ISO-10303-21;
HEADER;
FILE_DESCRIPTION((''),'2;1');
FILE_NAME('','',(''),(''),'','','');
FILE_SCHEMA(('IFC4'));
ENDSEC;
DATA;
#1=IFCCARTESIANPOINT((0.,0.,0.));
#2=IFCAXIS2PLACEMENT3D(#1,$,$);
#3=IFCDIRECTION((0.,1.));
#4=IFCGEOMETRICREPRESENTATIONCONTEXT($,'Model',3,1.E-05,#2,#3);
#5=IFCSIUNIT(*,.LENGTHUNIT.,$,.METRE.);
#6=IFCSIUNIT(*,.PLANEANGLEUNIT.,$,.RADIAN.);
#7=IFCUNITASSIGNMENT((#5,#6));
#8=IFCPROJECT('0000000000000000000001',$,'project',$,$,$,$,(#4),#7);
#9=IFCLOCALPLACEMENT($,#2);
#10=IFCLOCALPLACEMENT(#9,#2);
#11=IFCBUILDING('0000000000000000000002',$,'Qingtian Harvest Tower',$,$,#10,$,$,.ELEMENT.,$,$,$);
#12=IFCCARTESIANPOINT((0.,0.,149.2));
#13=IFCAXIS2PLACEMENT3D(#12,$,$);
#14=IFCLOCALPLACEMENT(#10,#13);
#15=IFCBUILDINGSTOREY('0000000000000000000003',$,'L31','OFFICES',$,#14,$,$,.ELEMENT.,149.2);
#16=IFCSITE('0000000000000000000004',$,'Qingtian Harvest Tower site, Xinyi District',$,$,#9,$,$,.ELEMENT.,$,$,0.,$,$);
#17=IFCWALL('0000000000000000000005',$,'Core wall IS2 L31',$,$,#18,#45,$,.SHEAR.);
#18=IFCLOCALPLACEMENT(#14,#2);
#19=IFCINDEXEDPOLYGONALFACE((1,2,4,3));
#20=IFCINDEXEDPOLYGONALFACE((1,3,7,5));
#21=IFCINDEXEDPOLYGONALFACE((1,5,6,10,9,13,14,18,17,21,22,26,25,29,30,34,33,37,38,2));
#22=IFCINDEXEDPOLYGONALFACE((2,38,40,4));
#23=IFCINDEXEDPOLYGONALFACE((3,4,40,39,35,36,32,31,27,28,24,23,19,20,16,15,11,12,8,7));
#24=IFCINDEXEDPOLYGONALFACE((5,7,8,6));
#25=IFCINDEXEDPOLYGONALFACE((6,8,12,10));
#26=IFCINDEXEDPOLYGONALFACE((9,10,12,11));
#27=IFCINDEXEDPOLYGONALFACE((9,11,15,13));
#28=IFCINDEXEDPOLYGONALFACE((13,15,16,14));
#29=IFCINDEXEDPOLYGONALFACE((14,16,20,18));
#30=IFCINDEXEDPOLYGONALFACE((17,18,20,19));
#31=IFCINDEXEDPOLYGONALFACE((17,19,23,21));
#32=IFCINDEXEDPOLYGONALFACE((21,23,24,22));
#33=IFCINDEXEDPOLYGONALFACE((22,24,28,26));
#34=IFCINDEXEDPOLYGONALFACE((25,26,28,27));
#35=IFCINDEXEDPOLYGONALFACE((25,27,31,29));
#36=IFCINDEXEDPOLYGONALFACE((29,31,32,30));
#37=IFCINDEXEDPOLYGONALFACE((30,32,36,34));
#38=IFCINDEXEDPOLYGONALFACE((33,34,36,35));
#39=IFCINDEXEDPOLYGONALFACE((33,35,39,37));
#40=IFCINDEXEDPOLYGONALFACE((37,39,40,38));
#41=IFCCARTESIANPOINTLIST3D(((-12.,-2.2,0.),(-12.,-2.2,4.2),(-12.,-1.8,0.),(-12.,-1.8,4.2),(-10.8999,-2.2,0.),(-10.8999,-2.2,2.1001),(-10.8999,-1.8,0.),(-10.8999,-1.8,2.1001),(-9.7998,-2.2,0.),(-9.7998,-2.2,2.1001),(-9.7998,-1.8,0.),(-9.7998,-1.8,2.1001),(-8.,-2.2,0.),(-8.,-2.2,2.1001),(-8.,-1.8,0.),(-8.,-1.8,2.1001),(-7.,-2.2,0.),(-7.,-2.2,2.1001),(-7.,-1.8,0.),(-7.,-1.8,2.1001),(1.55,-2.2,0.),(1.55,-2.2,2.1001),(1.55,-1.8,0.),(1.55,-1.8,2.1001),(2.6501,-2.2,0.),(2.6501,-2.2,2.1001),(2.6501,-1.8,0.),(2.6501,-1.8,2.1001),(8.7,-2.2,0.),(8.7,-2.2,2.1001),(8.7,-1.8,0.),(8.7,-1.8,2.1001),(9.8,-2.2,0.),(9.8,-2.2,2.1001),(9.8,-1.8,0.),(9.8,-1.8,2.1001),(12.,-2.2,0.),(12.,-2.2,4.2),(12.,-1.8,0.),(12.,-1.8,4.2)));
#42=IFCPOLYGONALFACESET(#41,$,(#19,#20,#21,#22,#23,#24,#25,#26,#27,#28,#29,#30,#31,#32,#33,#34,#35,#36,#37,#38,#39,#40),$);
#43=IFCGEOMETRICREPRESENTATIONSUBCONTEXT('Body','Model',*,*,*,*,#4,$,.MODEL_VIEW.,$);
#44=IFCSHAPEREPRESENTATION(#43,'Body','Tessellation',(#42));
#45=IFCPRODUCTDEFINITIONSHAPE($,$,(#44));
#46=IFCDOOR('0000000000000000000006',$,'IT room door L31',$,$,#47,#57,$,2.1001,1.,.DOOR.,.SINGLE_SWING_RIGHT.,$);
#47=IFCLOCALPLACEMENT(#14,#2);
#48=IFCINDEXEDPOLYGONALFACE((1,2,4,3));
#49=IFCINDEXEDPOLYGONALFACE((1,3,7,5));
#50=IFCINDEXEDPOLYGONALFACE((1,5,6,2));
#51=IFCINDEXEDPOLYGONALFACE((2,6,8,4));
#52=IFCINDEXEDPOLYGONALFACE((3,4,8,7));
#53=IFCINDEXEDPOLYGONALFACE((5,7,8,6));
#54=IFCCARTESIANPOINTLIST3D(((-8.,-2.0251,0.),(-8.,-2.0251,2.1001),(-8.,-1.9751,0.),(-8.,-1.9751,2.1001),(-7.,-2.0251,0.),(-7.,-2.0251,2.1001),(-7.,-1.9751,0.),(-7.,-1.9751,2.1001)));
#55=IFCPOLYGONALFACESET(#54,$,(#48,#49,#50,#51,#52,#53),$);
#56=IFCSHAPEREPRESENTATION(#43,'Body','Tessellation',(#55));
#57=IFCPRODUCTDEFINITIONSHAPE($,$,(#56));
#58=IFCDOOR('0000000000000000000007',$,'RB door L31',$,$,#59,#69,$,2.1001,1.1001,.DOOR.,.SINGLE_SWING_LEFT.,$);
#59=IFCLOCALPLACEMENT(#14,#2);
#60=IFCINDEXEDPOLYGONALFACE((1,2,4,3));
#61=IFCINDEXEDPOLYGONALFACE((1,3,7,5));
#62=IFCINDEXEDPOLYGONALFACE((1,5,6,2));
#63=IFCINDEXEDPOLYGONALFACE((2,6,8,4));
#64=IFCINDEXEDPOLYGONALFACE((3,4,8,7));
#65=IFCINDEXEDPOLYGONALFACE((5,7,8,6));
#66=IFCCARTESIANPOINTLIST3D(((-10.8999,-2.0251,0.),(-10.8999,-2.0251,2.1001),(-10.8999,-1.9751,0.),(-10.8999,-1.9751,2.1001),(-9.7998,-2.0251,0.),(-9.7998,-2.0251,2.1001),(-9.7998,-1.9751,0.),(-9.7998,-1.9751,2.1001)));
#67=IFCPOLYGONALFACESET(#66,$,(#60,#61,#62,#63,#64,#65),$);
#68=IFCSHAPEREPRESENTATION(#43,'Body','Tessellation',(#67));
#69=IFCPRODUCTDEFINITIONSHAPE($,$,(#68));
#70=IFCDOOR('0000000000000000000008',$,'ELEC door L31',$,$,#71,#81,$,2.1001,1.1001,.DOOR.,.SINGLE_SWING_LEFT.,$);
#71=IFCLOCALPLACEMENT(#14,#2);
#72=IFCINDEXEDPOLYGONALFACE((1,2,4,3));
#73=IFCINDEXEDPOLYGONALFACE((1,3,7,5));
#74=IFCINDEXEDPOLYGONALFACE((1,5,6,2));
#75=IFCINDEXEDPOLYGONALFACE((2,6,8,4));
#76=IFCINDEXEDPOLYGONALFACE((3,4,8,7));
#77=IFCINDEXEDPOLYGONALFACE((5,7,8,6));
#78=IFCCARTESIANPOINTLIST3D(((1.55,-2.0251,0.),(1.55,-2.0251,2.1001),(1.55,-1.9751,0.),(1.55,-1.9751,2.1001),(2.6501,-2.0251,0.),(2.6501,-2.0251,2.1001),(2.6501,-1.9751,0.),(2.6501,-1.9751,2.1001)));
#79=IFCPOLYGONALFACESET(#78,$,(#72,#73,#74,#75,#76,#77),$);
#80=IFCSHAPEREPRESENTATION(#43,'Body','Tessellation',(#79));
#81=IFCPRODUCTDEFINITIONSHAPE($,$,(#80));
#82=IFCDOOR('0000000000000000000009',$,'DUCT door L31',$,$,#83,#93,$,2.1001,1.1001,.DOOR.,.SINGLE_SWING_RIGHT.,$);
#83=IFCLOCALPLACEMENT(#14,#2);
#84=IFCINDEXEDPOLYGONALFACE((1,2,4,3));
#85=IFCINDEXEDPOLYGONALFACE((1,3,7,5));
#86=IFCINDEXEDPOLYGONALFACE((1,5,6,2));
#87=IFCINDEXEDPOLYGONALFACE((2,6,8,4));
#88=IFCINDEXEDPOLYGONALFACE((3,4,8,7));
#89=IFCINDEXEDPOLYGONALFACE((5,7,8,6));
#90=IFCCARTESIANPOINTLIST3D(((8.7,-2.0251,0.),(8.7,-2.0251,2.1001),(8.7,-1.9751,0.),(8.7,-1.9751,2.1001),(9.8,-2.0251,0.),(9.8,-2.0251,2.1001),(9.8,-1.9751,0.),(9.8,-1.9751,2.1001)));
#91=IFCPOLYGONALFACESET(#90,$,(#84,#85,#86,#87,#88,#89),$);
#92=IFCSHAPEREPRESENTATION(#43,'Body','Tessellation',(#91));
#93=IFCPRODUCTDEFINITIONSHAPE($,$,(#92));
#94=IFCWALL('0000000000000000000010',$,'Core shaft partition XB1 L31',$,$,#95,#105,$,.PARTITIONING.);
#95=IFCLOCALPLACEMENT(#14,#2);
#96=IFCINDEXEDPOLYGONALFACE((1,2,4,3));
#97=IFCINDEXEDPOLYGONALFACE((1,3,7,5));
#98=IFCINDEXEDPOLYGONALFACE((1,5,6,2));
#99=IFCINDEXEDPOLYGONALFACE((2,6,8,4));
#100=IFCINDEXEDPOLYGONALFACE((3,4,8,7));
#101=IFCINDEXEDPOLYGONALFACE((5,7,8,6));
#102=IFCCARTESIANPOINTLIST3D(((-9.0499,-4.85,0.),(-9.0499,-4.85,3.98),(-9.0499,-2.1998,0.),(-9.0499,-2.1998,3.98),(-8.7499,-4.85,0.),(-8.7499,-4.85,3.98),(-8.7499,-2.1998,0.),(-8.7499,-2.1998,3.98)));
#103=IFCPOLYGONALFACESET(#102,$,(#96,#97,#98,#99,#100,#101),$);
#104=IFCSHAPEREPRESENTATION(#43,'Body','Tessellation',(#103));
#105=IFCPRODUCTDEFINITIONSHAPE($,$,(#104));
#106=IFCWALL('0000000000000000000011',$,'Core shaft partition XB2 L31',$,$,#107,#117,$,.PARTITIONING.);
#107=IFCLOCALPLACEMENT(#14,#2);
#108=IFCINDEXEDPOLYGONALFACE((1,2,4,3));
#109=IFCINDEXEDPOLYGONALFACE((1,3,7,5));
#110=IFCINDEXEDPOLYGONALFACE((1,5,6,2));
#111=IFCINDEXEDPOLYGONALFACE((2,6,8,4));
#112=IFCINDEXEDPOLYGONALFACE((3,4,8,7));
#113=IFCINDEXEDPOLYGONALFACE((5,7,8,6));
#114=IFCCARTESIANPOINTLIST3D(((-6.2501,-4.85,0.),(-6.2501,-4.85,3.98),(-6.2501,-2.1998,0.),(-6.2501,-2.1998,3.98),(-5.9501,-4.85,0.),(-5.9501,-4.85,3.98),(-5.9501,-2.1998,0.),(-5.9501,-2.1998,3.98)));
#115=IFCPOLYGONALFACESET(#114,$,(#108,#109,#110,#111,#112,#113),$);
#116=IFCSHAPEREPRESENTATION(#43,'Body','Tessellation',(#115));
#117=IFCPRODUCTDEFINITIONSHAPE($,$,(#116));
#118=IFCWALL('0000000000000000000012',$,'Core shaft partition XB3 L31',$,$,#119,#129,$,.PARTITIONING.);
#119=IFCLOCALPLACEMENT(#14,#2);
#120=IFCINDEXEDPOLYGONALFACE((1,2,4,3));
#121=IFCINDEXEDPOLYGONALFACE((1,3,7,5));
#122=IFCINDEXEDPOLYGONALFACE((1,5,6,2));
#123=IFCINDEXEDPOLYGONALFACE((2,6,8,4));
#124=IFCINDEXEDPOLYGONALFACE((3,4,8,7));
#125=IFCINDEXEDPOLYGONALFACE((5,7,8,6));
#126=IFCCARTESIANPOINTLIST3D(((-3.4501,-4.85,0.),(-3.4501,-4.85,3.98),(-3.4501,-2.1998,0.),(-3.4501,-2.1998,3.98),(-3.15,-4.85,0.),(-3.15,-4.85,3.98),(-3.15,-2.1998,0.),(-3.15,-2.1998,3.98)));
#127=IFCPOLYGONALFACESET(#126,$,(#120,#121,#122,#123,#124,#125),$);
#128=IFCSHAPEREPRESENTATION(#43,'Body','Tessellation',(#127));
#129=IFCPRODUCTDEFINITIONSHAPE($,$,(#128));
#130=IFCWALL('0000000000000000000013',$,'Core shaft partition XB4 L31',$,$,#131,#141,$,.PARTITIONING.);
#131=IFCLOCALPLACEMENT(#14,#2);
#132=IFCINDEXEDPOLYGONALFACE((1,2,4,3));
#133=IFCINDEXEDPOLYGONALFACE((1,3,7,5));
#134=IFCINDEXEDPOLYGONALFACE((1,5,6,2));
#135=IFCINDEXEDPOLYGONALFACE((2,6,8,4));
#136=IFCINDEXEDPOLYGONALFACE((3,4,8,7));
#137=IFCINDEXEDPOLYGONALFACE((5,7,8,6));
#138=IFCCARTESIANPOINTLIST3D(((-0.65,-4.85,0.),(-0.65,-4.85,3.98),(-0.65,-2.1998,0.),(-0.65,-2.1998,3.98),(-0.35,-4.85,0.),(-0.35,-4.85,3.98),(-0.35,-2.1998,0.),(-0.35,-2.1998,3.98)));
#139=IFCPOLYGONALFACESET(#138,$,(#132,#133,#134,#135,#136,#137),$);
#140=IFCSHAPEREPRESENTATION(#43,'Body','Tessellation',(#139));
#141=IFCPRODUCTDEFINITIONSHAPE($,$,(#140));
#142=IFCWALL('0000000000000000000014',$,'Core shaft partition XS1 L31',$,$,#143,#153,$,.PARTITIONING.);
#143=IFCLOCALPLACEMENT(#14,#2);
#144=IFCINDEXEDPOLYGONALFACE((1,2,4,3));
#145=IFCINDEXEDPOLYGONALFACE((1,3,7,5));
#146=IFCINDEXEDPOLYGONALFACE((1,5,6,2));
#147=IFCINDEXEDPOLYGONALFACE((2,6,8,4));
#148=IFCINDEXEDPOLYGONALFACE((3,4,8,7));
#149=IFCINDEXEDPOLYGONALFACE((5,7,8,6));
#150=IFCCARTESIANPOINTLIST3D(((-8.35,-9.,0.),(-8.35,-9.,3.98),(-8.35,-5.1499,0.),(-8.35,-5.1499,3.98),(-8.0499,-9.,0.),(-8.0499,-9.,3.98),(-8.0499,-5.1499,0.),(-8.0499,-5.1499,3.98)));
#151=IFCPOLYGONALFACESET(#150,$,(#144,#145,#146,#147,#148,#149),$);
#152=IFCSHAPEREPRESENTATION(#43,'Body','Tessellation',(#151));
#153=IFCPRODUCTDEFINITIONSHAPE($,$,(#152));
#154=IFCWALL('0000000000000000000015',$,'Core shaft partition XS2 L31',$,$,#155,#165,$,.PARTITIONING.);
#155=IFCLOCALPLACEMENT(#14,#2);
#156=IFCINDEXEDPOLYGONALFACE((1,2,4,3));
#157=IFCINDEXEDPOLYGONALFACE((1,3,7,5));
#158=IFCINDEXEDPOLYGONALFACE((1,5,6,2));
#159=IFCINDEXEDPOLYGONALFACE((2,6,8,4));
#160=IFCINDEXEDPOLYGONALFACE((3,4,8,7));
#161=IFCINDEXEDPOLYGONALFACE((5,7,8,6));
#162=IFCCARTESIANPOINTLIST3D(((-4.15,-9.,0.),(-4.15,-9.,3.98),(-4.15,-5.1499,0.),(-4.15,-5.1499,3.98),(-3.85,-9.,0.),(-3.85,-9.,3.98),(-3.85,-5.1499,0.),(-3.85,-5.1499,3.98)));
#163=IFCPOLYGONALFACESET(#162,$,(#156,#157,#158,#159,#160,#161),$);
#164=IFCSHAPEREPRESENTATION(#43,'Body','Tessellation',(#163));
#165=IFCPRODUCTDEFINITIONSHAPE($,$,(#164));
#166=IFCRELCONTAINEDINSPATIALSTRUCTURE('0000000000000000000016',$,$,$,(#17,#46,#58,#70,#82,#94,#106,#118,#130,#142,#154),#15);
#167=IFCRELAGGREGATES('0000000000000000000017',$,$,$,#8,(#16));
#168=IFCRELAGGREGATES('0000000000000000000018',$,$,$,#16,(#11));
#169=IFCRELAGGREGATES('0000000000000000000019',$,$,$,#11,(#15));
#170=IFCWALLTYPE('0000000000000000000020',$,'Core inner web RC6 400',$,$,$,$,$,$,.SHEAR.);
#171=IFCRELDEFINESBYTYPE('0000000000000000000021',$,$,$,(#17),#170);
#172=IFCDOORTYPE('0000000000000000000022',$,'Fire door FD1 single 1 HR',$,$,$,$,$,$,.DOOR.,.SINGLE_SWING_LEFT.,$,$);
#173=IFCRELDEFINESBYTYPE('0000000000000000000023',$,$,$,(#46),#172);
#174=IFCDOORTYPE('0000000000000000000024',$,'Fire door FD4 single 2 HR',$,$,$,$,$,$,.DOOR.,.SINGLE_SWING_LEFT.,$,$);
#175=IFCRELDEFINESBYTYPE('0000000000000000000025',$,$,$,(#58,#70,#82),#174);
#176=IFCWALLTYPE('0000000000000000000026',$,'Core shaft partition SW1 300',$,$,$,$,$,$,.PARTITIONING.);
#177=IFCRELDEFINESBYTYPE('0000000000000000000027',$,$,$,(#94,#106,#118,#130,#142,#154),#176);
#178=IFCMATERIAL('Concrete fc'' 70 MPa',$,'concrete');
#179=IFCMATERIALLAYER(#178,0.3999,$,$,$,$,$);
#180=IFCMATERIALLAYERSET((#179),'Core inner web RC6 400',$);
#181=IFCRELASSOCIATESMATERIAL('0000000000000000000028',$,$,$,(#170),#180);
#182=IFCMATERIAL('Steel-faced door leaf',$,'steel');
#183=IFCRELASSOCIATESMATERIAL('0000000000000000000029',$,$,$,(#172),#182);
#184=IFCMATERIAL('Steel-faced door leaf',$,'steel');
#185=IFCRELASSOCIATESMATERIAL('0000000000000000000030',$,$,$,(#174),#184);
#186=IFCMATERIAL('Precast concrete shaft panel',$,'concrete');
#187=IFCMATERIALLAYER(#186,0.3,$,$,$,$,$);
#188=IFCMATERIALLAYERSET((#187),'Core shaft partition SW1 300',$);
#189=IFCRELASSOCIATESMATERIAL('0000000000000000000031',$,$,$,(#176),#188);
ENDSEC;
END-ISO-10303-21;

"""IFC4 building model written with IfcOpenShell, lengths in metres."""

from ifc_helpers import new_model, si_unit, direction, frame, frame_2d, origin, place, context, subcontext, project, spatial, rectangle, extrude, material, layer, layer_set, type_object, element, fill, save


model = new_model("IFC4")

# Units and contexts
model_context = context("Model", 3, precision=1e-05, world=origin(), true_north=direction((0.0, 1.0)))
body_context = subcontext(model_context, "Body", "Model", "MODEL_VIEW")
ifc_project = project(units=[si_unit("LENGTHUNIT", "METRE"), si_unit("PLANEANGLEUNIT", "RADIAN")], contexts=[model_context])

# Site, building, storey
site_placement = place(None, origin())
site = spatial("IfcSite", under=ifc_project, at=site_placement, Name="Qingtian Harvest Tower site, Xinyi District", CompositionType="ELEMENT", RefElevation=0.0)
building_placement = place(site_placement, origin())
building = spatial("IfcBuilding", under=site, at=building_placement, Name="Qingtian Harvest Tower", CompositionType="ELEMENT")
storey_placement = place(building_placement, frame((0.0, 0.0, 149.2)))
storey = spatial("IfcBuildingStorey", under=building, at=storey_placement, Name="L31", Description="OFFICES", CompositionType="ELEMENT", Elevation=149.2)

# Wall, openings, doors
ifc_material_1 = material(Name="Concrete fc' 70 MPa", Category="concrete")
ifc_layer_1 = layer(ifc_material_1, 0.3999)
ifc_layer_set_1 = layer_set([ifc_layer_1], Name="Core inner web RC6 400")
wall_type_1 = type_object("IfcWallType", Name="Core inner web RC6 400", PredefinedType="SHEAR", material=ifc_layer_set_1)
wall_1_placement = place(storey_placement, frame((-12.0, -2.0, 0.0), z_axis=(0.0, 0.0, 1.0), x_axis=(1.0, 0.0, 0.0)))
wall_1 = element("IfcWall", 1, at=wall_1_placement, inside=storey, type_object=wall_type_1, Name="Core wall IS2 L31", PredefinedType="SHEAR", context=body_context, shape_type="SweptSolid", body=[
    extrude(rectangle(XDim=24.0, YDim=0.3999, at=frame_2d((12.0, 0.0))), origin(), (0.0, 0.0, 1.0), 4.2),
])
opening_1_placement = place(wall_1_placement, frame((1.1001, 0.0, 0.0)))
opening_1 = element("IfcOpeningElement", 2, at=opening_1_placement, cuts=wall_1, PredefinedType="OPENING", context=body_context, shape_type="SweptSolid", body=[
    extrude(rectangle(XDim=1.1001, YDim=2.1001, at=frame_2d((0.55, 1.05))), frame((0.0, 0.21, 0.0), z_axis=(0.0, -1.0, 0.0), x_axis=(1.0, 0.0, 0.0)), (0.0, 0.0, 1.0), 0.4199),
])
opening_2_placement = place(wall_1_placement, frame((13.55, 0.0, 0.0)))
opening_2 = element("IfcOpeningElement", 3, at=opening_2_placement, cuts=wall_1, PredefinedType="OPENING", context=body_context, shape_type="SweptSolid", body=[
    extrude(rectangle(XDim=1.1001, YDim=2.1001, at=frame_2d((0.55, 1.05))), frame((0.0, 0.21, 0.0), z_axis=(0.0, -1.0, 0.0), x_axis=(1.0, 0.0, 0.0)), (0.0, 0.0, 1.0), 0.4199),
])
opening_3_placement = place(wall_1_placement, frame((20.7, 0.0, 0.0)))
opening_3 = element("IfcOpeningElement", 4, at=opening_3_placement, cuts=wall_1, PredefinedType="OPENING", context=body_context, shape_type="SweptSolid", body=[
    extrude(rectangle(XDim=1.1001, YDim=2.1001, at=frame_2d((0.55, 1.05))), frame((0.0, 0.21, 0.0), z_axis=(0.0, -1.0, 0.0), x_axis=(1.0, 0.0, 0.0)), (0.0, 0.0, 1.0), 0.4199),
])
opening_4_placement = place(wall_1_placement, frame((4.0, 0.0, 0.0)))
opening_4 = element("IfcOpeningElement", 5, at=opening_4_placement, cuts=wall_1, PredefinedType="OPENING", context=body_context, shape_type="SweptSolid", body=[
    extrude(rectangle(XDim=1.0, YDim=2.1001, at=frame_2d((0.5, 1.05))), frame((0.0, 0.21, 0.0), z_axis=(0.0, -1.0, 0.0), x_axis=(1.0, 0.0, 0.0)), (0.0, 0.0, 1.0), 0.4199),
])
ifc_material_2 = material(Name="Steel-faced door leaf", Category="steel")
door_type_1 = type_object("IfcDoorType", Name="Fire door FD1 single 1 HR", OperationType="SINGLE_SWING_LEFT", PredefinedType="DOOR", material=ifc_material_2)
door_1_placement = place(opening_4_placement, origin())
door_1 = element("IfcDoor", 6, at=door_1_placement, inside=storey, type_object=door_type_1, Name="IT room door L31", OperationType="SINGLE_SWING_RIGHT", OverallHeight=2.1001, OverallWidth=1.0, PredefinedType="DOOR", context=body_context, shape_type="SweptSolid", body=[
    extrude(rectangle(XDim=1.0, YDim=2.1001, at=frame_2d((0.5, 1.05))), frame((0.0, 0.0249, 0.0), z_axis=(0.0, -1.0, 0.0), x_axis=(1.0, 0.0, 0.0)), (0.0, 0.0, 1.0), 0.05),
])
fill(opening_4, door_1)
ifc_material_3 = material(Name="Steel-faced door leaf", Category="steel")
door_type_2 = type_object("IfcDoorType", Name="Fire door FD4 single 2 HR", OperationType="SINGLE_SWING_LEFT", PredefinedType="DOOR", material=ifc_material_3)
door_2_placement = place(opening_1_placement, origin())
door_2 = element("IfcDoor", 7, at=door_2_placement, inside=storey, type_object=door_type_2, Name="RB door L31", OperationType="SINGLE_SWING_LEFT", OverallHeight=2.1001, OverallWidth=1.1001, PredefinedType="DOOR", context=body_context, shape_type="SweptSolid", body=[
    extrude(rectangle(XDim=1.1001, YDim=2.1001, at=frame_2d((0.55, 1.05))), frame((0.0, 0.0249, 0.0), z_axis=(0.0, -1.0, 0.0), x_axis=(1.0, 0.0, 0.0)), (0.0, 0.0, 1.0), 0.05),
])
fill(opening_1, door_2)
door_3_placement = place(opening_2_placement, origin())
door_3 = element("IfcDoor", 8, at=door_3_placement, inside=storey, type_object=door_type_2, Name="ELEC door L31", OperationType="SINGLE_SWING_LEFT", OverallHeight=2.1001, OverallWidth=1.1001, PredefinedType="DOOR", context=body_context, shape_type="SweptSolid", body=[
    extrude(rectangle(XDim=1.1001, YDim=2.1001, at=frame_2d((0.55, 1.05))), frame((0.0, 0.0249, 0.0), z_axis=(0.0, -1.0, 0.0), x_axis=(1.0, 0.0, 0.0)), (0.0, 0.0, 1.0), 0.05),
])
fill(opening_2, door_3)
door_4_placement = place(opening_3_placement, origin())
door_4 = element("IfcDoor", 9, at=door_4_placement, inside=storey, type_object=door_type_2, Name="DUCT door L31", OperationType="SINGLE_SWING_RIGHT", OverallHeight=2.1001, OverallWidth=1.1001, PredefinedType="DOOR", context=body_context, shape_type="SweptSolid", body=[
    extrude(rectangle(XDim=1.1001, YDim=2.1001, at=frame_2d((0.55, 1.05))), frame((0.0, 0.0249, 0.0), z_axis=(0.0, -1.0, 0.0), x_axis=(1.0, 0.0, 0.0)), (0.0, 0.0, 1.0), 0.05),
])
fill(opening_3, door_4)

# Walls
ifc_material_4 = material(Name="Precast concrete shaft panel", Category="concrete")
ifc_layer_2 = layer(ifc_material_4, 0.3)
ifc_layer_set_2 = layer_set([ifc_layer_2], Name="Core shaft partition SW1 300")
wall_type_2 = type_object("IfcWallType", Name="Core shaft partition SW1 300", PredefinedType="PARTITIONING", material=ifc_layer_set_2)
for number, where, z_axis, x_axis, name in (
    (10, (-8.8999, -4.8501, 0.0), (0.0, 0.0, 1.0), (0.0, 1.0, 0.0), "Core shaft partition XB1 L31"),
    (11, (-6.1001, -4.8501, 0.0), (0.0, 0.0, 1.0), (0.0, 1.0, 0.0), "Core shaft partition XB2 L31"),
    (12, (-3.3, -4.8501, 0.0), (0.0, 0.0, 1.0), (0.0, 1.0, 0.0), "Core shaft partition XB3 L31"),
    (13, (-0.5, -4.8501, 0.0), (0.0, 0.0, 1.0), (0.0, 1.0, 0.0), "Core shaft partition XB4 L31"),
):
    element("IfcWall", number, at=place(storey_placement, frame(where, z_axis=z_axis, x_axis=x_axis)), inside=storey, type_object=wall_type_2, Name=name, PredefinedType="PARTITIONING", context=body_context, shape_type="SweptSolid", body=[
        extrude(rectangle(XDim=2.6501, YDim=0.3, at=frame_2d((1.3252, 0.0))), origin(), (0.0, 0.0, 1.0), 3.98),
    ])
for number, where, z_axis, x_axis, name in (
    (14, (-8.2, -9.0, 0.0), (0.0, 0.0, 1.0), (0.0, 1.0, 0.0), "Core shaft partition XS1 L31"),
    (15, (-4.0, -9.0, 0.0), (0.0, 0.0, 1.0), (0.0, 1.0, 0.0), "Core shaft partition XS2 L31"),
):
    element("IfcWall", number, at=place(storey_placement, frame(where, z_axis=z_axis, x_axis=x_axis)), inside=storey, type_object=wall_type_2, Name=name, PredefinedType="PARTITIONING", context=body_context, shape_type="SweptSolid", body=[
        extrude(rectangle(XDim=3.8501, YDim=0.3, at=frame_2d((1.925, 0.0))), origin(), (0.0, 0.0, 1.0), 3.98),
    ])

save(model, "model.ifc")
